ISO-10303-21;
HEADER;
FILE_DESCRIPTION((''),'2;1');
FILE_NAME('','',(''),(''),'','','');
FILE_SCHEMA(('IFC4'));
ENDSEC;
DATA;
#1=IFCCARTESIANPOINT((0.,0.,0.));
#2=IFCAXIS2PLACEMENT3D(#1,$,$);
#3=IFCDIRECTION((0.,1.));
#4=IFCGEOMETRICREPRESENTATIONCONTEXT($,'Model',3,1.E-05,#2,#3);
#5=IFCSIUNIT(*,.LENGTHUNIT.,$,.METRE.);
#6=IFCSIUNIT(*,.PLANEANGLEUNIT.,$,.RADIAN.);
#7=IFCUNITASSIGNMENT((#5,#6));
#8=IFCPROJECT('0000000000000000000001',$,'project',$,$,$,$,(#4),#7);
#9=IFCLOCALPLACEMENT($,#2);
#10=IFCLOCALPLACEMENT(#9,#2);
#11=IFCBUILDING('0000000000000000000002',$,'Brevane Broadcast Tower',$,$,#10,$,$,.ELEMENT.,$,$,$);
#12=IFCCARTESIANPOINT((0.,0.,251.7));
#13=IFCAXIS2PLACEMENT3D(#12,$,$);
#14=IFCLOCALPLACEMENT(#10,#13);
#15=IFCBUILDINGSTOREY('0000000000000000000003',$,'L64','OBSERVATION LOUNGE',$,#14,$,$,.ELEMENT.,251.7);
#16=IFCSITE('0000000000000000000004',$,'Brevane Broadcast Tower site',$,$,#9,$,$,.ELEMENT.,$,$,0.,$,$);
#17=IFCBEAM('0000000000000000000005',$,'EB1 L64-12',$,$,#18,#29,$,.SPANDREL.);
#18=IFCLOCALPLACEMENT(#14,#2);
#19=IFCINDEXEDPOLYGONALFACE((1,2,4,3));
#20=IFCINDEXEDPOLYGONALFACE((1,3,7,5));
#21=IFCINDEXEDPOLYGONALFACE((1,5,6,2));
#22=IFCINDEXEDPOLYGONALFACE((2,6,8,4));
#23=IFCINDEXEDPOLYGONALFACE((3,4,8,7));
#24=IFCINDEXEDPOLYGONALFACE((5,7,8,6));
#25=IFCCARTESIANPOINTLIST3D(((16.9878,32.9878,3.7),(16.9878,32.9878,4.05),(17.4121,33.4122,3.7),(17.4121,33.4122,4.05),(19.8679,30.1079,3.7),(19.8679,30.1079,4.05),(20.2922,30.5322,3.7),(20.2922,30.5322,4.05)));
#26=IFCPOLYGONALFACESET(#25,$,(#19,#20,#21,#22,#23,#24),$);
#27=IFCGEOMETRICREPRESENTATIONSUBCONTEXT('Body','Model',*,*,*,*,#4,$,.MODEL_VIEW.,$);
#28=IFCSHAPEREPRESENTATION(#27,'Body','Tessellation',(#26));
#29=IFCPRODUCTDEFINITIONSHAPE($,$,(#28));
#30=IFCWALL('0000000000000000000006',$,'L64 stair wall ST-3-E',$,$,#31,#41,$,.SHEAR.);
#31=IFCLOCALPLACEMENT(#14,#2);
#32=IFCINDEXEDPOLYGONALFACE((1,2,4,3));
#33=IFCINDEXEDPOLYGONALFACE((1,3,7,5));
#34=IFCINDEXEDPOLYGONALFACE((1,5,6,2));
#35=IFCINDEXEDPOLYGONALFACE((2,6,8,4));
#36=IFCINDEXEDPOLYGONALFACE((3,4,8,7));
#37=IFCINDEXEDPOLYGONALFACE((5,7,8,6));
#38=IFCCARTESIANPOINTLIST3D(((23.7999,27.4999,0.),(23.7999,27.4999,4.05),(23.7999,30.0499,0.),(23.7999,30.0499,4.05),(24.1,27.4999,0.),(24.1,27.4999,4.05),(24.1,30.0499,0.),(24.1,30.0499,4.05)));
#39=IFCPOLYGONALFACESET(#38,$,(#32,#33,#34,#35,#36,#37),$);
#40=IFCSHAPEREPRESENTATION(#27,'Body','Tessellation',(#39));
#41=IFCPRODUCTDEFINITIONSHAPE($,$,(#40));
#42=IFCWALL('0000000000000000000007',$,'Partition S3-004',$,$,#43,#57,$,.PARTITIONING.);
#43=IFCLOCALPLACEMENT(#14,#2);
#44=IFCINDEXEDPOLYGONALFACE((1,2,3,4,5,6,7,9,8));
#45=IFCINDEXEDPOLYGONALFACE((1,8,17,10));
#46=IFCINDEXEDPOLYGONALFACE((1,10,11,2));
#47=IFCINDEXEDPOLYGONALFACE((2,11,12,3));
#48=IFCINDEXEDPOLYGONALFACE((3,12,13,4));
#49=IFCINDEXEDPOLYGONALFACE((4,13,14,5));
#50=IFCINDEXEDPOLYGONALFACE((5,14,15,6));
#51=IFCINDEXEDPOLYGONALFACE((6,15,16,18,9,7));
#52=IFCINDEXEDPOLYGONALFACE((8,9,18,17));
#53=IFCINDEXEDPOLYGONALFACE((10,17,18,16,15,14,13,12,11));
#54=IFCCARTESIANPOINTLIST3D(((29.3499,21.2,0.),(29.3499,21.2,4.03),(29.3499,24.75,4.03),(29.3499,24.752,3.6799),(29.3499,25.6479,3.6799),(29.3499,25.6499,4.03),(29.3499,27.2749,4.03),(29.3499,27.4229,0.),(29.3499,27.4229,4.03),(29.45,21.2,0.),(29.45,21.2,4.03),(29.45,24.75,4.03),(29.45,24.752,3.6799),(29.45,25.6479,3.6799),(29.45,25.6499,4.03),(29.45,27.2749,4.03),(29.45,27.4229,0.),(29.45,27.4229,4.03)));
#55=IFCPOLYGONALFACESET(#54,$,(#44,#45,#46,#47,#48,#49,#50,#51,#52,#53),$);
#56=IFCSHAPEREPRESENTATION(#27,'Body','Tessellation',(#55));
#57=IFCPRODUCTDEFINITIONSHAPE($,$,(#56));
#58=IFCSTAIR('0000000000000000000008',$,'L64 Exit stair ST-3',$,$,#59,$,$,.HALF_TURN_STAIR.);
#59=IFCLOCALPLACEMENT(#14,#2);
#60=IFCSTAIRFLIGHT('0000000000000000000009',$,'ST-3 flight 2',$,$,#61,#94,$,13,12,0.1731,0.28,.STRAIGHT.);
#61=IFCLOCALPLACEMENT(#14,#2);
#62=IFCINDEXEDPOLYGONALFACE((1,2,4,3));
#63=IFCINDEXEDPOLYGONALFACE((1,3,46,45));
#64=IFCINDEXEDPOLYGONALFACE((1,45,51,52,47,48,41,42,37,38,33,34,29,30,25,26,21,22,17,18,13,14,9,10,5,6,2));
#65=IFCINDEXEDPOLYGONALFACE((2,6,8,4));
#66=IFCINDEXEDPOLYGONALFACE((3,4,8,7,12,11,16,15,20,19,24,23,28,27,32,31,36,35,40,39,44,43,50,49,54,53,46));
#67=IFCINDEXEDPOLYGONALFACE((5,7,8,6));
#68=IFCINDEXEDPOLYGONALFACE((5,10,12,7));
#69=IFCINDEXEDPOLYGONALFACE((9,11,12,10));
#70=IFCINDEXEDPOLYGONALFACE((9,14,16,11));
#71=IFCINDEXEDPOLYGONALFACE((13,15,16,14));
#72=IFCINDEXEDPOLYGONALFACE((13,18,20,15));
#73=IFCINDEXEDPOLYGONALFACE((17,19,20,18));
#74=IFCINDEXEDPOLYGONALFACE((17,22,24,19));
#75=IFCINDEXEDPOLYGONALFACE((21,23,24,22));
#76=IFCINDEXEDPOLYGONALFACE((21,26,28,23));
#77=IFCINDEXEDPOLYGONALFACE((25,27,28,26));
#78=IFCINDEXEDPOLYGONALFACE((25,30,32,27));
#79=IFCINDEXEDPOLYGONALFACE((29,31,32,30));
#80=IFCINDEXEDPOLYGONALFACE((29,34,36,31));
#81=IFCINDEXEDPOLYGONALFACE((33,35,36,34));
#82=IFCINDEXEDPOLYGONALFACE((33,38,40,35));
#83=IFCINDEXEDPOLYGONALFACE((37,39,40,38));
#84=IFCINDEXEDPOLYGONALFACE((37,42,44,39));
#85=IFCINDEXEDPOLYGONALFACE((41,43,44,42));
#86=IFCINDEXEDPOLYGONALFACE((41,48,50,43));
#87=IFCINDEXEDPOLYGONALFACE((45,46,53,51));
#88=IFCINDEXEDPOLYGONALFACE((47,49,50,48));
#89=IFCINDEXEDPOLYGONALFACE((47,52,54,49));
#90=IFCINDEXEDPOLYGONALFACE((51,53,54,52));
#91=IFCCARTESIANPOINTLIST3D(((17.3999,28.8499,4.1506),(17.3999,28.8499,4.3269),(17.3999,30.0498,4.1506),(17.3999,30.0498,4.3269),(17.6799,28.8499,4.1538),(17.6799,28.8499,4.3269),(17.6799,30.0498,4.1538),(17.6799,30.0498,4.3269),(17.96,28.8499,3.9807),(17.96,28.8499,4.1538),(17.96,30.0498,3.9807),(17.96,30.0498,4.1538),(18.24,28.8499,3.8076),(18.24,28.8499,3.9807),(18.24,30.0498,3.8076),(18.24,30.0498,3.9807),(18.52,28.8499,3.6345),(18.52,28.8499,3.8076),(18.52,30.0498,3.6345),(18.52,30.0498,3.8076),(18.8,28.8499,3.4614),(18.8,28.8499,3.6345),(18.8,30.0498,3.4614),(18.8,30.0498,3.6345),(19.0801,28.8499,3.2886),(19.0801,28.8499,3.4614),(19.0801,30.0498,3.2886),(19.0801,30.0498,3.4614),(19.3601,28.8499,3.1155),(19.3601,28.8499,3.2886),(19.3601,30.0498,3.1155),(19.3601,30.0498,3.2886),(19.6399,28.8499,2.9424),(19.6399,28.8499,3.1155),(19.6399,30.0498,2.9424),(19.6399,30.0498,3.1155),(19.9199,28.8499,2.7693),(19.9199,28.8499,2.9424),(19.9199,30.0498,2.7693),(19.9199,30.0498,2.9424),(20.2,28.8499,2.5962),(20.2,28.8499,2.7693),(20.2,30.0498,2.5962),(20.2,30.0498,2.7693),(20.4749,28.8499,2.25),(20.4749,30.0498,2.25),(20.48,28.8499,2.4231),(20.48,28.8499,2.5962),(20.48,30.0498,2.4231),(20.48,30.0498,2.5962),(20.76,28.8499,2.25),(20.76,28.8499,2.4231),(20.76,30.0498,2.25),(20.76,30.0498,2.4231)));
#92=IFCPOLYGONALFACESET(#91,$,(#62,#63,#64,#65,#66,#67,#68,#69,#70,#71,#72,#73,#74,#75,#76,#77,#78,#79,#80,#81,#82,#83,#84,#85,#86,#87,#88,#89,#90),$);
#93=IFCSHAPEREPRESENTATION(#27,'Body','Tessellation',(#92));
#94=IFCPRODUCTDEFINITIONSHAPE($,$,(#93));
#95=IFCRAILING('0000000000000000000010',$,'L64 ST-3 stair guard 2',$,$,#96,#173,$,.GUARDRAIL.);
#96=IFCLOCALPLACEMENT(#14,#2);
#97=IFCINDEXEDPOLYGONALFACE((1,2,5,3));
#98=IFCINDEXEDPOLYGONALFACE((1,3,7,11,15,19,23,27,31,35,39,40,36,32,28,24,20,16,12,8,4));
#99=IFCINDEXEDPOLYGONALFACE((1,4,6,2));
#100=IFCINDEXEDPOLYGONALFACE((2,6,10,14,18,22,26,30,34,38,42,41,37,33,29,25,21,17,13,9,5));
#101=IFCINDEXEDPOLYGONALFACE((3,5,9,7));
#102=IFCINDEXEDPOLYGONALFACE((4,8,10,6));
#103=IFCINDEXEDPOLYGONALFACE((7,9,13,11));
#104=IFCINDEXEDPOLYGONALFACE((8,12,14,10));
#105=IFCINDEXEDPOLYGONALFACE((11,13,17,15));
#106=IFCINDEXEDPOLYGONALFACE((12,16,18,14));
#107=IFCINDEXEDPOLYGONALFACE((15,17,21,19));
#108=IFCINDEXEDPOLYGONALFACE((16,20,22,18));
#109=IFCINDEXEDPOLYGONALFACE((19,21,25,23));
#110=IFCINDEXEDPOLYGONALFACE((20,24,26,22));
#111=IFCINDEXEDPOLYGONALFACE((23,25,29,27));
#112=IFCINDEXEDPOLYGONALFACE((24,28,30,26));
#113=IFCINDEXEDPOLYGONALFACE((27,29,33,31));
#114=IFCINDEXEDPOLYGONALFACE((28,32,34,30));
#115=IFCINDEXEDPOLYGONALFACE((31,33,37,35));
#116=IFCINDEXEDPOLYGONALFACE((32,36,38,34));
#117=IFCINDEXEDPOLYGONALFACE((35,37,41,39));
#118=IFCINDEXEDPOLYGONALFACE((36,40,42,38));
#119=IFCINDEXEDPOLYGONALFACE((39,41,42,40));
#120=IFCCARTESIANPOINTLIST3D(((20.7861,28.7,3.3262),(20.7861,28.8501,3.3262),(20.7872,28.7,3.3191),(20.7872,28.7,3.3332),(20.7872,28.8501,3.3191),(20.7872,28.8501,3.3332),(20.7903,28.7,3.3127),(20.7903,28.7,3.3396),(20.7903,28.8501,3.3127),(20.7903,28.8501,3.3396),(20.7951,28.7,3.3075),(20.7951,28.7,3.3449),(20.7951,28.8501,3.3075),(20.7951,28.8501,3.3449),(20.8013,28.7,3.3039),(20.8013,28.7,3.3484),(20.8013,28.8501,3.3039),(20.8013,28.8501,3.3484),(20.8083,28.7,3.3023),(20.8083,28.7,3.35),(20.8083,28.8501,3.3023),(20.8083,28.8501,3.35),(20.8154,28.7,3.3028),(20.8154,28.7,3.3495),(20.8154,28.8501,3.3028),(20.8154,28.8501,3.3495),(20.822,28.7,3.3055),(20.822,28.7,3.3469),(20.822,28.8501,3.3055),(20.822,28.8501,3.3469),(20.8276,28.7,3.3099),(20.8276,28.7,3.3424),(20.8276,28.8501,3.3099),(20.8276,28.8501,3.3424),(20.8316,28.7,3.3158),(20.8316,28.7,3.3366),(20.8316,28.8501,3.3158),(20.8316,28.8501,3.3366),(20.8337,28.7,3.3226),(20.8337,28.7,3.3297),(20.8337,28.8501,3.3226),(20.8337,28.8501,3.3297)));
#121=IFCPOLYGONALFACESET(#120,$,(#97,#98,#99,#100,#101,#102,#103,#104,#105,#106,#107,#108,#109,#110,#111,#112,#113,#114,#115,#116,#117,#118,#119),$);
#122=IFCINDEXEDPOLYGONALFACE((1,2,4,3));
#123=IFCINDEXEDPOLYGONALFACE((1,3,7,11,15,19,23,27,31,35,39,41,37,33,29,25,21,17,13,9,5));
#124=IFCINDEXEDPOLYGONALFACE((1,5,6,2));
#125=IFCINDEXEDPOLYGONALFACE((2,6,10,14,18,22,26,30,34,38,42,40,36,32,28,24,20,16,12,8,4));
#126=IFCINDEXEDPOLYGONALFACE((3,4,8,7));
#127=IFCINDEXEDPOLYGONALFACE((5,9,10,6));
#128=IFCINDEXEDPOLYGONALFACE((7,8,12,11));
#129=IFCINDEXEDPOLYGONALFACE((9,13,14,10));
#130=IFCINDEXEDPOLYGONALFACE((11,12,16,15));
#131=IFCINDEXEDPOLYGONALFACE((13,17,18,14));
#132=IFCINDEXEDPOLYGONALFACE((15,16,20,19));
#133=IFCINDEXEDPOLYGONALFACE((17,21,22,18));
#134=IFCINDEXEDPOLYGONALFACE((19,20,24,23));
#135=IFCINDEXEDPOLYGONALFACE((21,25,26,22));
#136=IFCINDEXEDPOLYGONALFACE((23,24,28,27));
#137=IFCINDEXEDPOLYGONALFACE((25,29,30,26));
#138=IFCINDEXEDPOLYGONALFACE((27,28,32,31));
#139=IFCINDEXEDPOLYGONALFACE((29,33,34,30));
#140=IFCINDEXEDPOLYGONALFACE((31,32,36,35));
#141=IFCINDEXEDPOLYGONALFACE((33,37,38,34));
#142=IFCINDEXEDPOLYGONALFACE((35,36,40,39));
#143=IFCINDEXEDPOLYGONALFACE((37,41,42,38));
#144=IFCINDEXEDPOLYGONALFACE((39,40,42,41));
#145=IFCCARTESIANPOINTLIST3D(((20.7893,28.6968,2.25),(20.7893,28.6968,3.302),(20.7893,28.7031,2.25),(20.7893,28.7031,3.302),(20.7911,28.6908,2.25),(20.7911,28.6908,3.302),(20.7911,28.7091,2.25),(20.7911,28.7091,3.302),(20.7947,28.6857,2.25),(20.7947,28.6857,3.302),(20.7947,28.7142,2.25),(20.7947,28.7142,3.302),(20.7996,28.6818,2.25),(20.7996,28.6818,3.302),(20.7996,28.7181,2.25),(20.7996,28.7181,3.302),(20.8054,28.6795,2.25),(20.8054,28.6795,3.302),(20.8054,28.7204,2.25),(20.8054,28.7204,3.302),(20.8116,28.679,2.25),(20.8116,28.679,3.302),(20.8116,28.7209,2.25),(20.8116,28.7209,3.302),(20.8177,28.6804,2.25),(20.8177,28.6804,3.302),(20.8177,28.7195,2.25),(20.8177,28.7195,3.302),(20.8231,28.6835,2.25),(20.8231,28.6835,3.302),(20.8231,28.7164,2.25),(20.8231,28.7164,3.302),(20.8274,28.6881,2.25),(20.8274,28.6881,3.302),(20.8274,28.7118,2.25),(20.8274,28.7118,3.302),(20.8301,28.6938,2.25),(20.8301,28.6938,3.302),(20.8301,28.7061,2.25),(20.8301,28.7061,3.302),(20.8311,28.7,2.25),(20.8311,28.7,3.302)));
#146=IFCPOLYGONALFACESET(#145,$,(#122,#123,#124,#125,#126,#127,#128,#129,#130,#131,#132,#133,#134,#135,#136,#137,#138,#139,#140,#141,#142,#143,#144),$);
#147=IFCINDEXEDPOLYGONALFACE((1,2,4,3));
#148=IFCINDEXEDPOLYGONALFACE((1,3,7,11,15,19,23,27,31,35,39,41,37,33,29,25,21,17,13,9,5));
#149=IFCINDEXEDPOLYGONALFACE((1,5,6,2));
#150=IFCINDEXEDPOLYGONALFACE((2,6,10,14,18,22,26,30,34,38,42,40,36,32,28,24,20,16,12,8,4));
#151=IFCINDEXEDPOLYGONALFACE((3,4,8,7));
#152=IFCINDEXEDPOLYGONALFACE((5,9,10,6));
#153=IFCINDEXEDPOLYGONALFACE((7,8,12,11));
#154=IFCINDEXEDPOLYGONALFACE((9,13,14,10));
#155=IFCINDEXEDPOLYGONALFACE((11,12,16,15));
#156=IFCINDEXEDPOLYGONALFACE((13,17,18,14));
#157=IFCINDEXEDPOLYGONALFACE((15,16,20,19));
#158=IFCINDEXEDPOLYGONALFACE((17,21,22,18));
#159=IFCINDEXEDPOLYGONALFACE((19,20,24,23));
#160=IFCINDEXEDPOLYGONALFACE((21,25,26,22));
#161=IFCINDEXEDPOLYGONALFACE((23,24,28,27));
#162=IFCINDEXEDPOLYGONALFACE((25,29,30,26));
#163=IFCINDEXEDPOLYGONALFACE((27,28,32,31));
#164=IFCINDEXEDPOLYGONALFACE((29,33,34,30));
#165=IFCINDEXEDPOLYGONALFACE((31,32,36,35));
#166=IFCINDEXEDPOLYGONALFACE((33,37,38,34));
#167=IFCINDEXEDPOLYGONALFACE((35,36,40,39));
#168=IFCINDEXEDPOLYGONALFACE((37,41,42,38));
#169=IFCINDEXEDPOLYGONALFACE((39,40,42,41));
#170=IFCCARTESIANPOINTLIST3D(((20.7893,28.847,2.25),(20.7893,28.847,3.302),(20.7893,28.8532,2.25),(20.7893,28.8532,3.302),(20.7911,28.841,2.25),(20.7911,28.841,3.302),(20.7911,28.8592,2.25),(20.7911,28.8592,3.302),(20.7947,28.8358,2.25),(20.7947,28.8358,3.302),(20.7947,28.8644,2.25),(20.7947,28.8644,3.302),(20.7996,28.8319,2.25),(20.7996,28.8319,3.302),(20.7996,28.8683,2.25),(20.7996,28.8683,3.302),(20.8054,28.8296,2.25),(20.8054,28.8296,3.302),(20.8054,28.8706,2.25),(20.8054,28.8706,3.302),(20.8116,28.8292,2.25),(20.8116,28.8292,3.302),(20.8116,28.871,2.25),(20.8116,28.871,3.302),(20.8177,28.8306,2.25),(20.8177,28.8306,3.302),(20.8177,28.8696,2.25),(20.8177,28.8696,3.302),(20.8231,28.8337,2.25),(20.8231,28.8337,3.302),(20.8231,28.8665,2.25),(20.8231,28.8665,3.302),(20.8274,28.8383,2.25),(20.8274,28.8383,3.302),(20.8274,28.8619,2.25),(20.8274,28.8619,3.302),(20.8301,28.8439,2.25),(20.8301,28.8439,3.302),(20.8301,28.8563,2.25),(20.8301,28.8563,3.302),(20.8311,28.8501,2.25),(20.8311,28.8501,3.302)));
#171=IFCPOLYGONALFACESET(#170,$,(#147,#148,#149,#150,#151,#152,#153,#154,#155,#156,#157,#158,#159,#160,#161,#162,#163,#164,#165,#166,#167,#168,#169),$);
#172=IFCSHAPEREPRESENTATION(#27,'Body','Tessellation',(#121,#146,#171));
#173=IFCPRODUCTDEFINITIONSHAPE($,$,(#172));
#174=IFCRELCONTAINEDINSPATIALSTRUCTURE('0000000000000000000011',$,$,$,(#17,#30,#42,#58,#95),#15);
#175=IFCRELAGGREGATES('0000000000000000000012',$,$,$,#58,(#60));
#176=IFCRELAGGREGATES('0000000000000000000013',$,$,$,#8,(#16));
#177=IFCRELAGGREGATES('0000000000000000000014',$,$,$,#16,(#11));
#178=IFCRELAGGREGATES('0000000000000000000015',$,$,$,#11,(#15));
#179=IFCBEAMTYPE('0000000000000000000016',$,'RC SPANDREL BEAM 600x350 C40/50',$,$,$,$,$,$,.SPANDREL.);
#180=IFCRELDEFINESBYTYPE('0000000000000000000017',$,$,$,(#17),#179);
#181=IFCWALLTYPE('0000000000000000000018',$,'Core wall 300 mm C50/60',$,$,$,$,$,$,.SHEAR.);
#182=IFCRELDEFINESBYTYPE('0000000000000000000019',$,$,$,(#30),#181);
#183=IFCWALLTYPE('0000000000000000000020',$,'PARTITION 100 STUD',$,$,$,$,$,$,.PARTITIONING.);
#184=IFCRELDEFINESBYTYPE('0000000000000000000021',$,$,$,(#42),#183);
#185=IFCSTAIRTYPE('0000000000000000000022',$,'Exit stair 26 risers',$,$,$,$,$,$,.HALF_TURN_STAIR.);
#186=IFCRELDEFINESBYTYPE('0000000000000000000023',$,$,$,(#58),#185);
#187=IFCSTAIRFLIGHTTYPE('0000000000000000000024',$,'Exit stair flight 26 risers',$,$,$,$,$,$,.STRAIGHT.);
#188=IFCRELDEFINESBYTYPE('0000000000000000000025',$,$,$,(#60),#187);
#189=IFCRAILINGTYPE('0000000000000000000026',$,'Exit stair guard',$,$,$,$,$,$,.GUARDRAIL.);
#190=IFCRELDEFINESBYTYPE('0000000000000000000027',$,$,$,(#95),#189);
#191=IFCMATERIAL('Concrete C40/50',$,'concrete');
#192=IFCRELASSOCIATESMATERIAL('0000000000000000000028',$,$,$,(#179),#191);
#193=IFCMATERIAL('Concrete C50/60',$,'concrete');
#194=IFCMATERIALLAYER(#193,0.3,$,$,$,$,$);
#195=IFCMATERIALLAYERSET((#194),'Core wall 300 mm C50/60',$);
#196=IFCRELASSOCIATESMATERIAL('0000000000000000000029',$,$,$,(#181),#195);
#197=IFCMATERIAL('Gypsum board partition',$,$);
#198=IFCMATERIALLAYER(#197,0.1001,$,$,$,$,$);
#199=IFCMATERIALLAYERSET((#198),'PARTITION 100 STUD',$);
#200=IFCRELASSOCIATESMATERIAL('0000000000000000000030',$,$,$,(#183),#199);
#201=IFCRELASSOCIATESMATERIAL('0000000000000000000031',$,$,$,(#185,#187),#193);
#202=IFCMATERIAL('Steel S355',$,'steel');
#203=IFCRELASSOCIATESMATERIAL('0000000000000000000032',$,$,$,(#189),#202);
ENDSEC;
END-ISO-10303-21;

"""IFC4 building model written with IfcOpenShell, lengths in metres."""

from ifc_helpers import new_model, si_unit, direction, frame, frame_2d, origin, origin_2d, place, context, subcontext, project, spatial, polyline, rectangle, circle, outline, extrude, material, layer, layer_set, material_profile, profile_set, type_object, element, aggregate, save


model = new_model("IFC4")

# Units and contexts
model_context = context("Model", 3, precision=1e-05, world=origin(), true_north=direction((0.0, 1.0)))
body_context = subcontext(model_context, "Body", "Model", "MODEL_VIEW")
ifc_project = project(units=[si_unit("LENGTHUNIT", "METRE"), si_unit("PLANEANGLEUNIT", "RADIAN")], contexts=[model_context])

# Site, building, storey
site_placement = place(None, origin())
site = spatial("IfcSite", under=ifc_project, at=site_placement, Name="Brevane Broadcast Tower site", CompositionType="ELEMENT", RefElevation=0.0)
building_placement = place(site_placement, origin())
building = spatial("IfcBuilding", under=site, at=building_placement, Name="Brevane Broadcast Tower", CompositionType="ELEMENT")
storey_placement = place(building_placement, frame((0.0, 0.0, 251.7)))
storey = spatial("IfcBuildingStorey", under=building, at=storey_placement, Name="L64", Description="OBSERVATION LOUNGE", CompositionType="ELEMENT", Elevation=251.7)

# Beam
ifc_material_1 = material(Name="Concrete C40/50", Category="concrete")
ifc_material_profile_1 = material_profile(ifc_material_1, rectangle(XDim=0.6001, YDim=0.3501, at=origin_2d()), Name="RC 600x350")
ifc_profile_set_1 = profile_set([ifc_material_profile_1], Name="Concrete C40/50")
beam_type = type_object("IfcBeamType", Name="RC SPANDREL BEAM 600x350 C40/50", PredefinedType="SPANDREL", material=ifc_profile_set_1)
beam_placement = place(storey_placement, frame((20.0801, 30.3201, 3.875), z_axis=(-0.707137, 0.707077, 0.0), x_axis=(-0.707077, -0.707137, 0.0)))
element("IfcBeam", 1, at=beam_placement, inside=storey, type_object=beam_type, Name="EB1 L64-12", PredefinedType="SPANDREL", context=body_context, shape_type="SweptSolid", body=[
    extrude(rectangle(XDim=0.6001, YDim=0.3501, at=origin_2d()), origin(), (0.0, 0.0, 1.0), 4.073),
])

# Walls
ifc_material_2 = material(Name="Concrete C50/60", Category="concrete")
ifc_layer_1 = layer(ifc_material_2, 0.3)
ifc_layer_set_1 = layer_set([ifc_layer_1], Name="Core wall 300 mm C50/60")
wall_type_1 = type_object("IfcWallType", Name="Core wall 300 mm C50/60", PredefinedType="SHEAR", material=ifc_layer_set_1)
wall_1_placement = place(storey_placement, frame((23.95, 27.5, 0.0), z_axis=(0.0, 0.0, 1.0), x_axis=(0.0, 1.0, 0.0)))
element("IfcWall", 2, at=wall_1_placement, inside=storey, type_object=wall_type_1, Name="L64 stair wall ST-3-E", PredefinedType="SHEAR", context=body_context, shape_type="SweptSolid", body=[
    extrude(rectangle(XDim=2.55, YDim=0.3, at=frame_2d((1.2749, 0.0))), origin(), (0.0, 0.0, 1.0), 4.05),
])
ifc_material_3 = material(Name="Gypsum board partition")
ifc_layer_2 = layer(ifc_material_3, 0.1001)
ifc_layer_set_2 = layer_set([ifc_layer_2], Name="PARTITION 100 STUD")
wall_type_2 = type_object("IfcWallType", Name="PARTITION 100 STUD", PredefinedType="PARTITIONING", material=ifc_layer_set_2)
wall_2_placement = place(storey_placement, frame((29.3999, 27.4229, 0.0), z_axis=(0.0, 0.0, 1.0), x_axis=(0.0, -1.0, 0.0)))
element("IfcWall", 3, at=wall_2_placement, inside=storey, type_object=wall_type_2, Name="Partition S3-004", PredefinedType="PARTITIONING", context=body_context, shape_type="SweptSolid", body=[
    extrude(outline(polyline([(0.0, 0.0), (6.2229, 0.0), (6.2229, 4.03), (2.6729, 4.03), (2.6709, 3.6799), (1.7749, 3.6799), (1.7729, 4.03), (0.1479, 4.03), (0.0, 4.03), (0.0, 0.0)])), frame((0.0, 0.05, 0.0), z_axis=(0.0, -1.0, 0.0), x_axis=(1.0, 0.0, 0.0)), (0.0, 0.0, 1.0), 0.1001),
])

# Stair, stair flight
stair_type = type_object("IfcStairType", Name="Exit stair 26 risers", PredefinedType="HALF_TURN_STAIR", material=ifc_material_2)
stair_placement = place(storey_placement, origin())
stair = element("IfcStair", 4, at=stair_placement, inside=storey, type_object=stair_type, Name="L64 Exit stair ST-3", PredefinedType="HALF_TURN_STAIR")
stair_flight_type = type_object("IfcStairFlightType", Name="Exit stair flight 26 risers", PredefinedType="STRAIGHT", material=ifc_material_2)
stair_flight_placement = place(storey_placement, frame((20.76, 29.45, 2.25), z_axis=(0.0, 0.0, 1.0), x_axis=(-1.0, 0.0, 0.0)))
stair_flight = element("IfcStairFlight", 5, at=stair_flight_placement, type_object=stair_flight_type, Name="ST-3 flight 2", NumberOfRisers=13, NumberOfTreads=12, PredefinedType="STRAIGHT", RiserHeight=0.1731, TreadLength=0.28, context=body_context, shape_type="SweptSolid", body=[
    extrude(outline(polyline([(0.0, 0.0), (0.0, 0.1731), (0.28, 0.1731), (0.28, 0.3462), (0.5601, 0.3462), (0.5601, 0.5193), (0.8401, 0.5193), (0.8401, 0.6924), (1.1201, 0.6924), (1.1201, 0.8655), (1.3999, 0.8655), (1.3999, 1.0386), (1.6799, 1.0386), (1.6799, 1.2114), (1.96, 1.2114), (1.96, 1.3845), (2.24, 1.3845), (2.24, 1.5576), (2.52, 1.5576), (2.52, 1.7307), (2.8, 1.7307), (2.8, 1.9038), (3.0801, 1.9038), (3.0801, 2.0769), (3.3601, 2.0769), (3.3601, 2.25), (3.3601, 1.9006), (0.2852, 0.0), (0.0, 0.0)])), frame((0.0, 0.6001, 0.0), z_axis=(0.0, -1.0, 0.0), x_axis=(1.0, 0.0, 0.0)), (0.0, 0.0, 1.0), 1.2),
])
aggregate(stair, [stair_flight])

# Railing
ifc_material_4 = material(Name="Steel S355", Category="steel")
railing_type_1 = type_object("IfcRailingType", Name="Exit stair guard", PredefinedType="GUARDRAIL", material=ifc_material_4)
railing_1_placement = place(storey_placement, frame((20.8101, 28.7, 2.25)))
element("IfcRailing", 6, at=railing_1_placement, inside=storey, type_object=railing_type_1, Name="L64 ST-3 stair guard 2", PredefinedType="GUARDRAIL", context=body_context, shape_type="SweptSolid", body=[
    extrude(circle(Radius=0.0239, at=origin_2d()), frame((0.0, 0.0, 1.0762), z_axis=(0.0, 1.0, 0.0), x_axis=(-1.0, 0.0, 0.0)), (0.0, 0.0, 1.0), 0.1501),
    extrude(circle(Radius=0.021, at=origin_2d()), origin(), (0.0, 0.0, 1.0), 1.052),
    extrude(circle(Radius=0.021, at=origin_2d()), frame((0.0, 0.1501, 0.0)), (0.0, 0.0, 1.0), 1.052),
])

save(model, "model.ifc")
